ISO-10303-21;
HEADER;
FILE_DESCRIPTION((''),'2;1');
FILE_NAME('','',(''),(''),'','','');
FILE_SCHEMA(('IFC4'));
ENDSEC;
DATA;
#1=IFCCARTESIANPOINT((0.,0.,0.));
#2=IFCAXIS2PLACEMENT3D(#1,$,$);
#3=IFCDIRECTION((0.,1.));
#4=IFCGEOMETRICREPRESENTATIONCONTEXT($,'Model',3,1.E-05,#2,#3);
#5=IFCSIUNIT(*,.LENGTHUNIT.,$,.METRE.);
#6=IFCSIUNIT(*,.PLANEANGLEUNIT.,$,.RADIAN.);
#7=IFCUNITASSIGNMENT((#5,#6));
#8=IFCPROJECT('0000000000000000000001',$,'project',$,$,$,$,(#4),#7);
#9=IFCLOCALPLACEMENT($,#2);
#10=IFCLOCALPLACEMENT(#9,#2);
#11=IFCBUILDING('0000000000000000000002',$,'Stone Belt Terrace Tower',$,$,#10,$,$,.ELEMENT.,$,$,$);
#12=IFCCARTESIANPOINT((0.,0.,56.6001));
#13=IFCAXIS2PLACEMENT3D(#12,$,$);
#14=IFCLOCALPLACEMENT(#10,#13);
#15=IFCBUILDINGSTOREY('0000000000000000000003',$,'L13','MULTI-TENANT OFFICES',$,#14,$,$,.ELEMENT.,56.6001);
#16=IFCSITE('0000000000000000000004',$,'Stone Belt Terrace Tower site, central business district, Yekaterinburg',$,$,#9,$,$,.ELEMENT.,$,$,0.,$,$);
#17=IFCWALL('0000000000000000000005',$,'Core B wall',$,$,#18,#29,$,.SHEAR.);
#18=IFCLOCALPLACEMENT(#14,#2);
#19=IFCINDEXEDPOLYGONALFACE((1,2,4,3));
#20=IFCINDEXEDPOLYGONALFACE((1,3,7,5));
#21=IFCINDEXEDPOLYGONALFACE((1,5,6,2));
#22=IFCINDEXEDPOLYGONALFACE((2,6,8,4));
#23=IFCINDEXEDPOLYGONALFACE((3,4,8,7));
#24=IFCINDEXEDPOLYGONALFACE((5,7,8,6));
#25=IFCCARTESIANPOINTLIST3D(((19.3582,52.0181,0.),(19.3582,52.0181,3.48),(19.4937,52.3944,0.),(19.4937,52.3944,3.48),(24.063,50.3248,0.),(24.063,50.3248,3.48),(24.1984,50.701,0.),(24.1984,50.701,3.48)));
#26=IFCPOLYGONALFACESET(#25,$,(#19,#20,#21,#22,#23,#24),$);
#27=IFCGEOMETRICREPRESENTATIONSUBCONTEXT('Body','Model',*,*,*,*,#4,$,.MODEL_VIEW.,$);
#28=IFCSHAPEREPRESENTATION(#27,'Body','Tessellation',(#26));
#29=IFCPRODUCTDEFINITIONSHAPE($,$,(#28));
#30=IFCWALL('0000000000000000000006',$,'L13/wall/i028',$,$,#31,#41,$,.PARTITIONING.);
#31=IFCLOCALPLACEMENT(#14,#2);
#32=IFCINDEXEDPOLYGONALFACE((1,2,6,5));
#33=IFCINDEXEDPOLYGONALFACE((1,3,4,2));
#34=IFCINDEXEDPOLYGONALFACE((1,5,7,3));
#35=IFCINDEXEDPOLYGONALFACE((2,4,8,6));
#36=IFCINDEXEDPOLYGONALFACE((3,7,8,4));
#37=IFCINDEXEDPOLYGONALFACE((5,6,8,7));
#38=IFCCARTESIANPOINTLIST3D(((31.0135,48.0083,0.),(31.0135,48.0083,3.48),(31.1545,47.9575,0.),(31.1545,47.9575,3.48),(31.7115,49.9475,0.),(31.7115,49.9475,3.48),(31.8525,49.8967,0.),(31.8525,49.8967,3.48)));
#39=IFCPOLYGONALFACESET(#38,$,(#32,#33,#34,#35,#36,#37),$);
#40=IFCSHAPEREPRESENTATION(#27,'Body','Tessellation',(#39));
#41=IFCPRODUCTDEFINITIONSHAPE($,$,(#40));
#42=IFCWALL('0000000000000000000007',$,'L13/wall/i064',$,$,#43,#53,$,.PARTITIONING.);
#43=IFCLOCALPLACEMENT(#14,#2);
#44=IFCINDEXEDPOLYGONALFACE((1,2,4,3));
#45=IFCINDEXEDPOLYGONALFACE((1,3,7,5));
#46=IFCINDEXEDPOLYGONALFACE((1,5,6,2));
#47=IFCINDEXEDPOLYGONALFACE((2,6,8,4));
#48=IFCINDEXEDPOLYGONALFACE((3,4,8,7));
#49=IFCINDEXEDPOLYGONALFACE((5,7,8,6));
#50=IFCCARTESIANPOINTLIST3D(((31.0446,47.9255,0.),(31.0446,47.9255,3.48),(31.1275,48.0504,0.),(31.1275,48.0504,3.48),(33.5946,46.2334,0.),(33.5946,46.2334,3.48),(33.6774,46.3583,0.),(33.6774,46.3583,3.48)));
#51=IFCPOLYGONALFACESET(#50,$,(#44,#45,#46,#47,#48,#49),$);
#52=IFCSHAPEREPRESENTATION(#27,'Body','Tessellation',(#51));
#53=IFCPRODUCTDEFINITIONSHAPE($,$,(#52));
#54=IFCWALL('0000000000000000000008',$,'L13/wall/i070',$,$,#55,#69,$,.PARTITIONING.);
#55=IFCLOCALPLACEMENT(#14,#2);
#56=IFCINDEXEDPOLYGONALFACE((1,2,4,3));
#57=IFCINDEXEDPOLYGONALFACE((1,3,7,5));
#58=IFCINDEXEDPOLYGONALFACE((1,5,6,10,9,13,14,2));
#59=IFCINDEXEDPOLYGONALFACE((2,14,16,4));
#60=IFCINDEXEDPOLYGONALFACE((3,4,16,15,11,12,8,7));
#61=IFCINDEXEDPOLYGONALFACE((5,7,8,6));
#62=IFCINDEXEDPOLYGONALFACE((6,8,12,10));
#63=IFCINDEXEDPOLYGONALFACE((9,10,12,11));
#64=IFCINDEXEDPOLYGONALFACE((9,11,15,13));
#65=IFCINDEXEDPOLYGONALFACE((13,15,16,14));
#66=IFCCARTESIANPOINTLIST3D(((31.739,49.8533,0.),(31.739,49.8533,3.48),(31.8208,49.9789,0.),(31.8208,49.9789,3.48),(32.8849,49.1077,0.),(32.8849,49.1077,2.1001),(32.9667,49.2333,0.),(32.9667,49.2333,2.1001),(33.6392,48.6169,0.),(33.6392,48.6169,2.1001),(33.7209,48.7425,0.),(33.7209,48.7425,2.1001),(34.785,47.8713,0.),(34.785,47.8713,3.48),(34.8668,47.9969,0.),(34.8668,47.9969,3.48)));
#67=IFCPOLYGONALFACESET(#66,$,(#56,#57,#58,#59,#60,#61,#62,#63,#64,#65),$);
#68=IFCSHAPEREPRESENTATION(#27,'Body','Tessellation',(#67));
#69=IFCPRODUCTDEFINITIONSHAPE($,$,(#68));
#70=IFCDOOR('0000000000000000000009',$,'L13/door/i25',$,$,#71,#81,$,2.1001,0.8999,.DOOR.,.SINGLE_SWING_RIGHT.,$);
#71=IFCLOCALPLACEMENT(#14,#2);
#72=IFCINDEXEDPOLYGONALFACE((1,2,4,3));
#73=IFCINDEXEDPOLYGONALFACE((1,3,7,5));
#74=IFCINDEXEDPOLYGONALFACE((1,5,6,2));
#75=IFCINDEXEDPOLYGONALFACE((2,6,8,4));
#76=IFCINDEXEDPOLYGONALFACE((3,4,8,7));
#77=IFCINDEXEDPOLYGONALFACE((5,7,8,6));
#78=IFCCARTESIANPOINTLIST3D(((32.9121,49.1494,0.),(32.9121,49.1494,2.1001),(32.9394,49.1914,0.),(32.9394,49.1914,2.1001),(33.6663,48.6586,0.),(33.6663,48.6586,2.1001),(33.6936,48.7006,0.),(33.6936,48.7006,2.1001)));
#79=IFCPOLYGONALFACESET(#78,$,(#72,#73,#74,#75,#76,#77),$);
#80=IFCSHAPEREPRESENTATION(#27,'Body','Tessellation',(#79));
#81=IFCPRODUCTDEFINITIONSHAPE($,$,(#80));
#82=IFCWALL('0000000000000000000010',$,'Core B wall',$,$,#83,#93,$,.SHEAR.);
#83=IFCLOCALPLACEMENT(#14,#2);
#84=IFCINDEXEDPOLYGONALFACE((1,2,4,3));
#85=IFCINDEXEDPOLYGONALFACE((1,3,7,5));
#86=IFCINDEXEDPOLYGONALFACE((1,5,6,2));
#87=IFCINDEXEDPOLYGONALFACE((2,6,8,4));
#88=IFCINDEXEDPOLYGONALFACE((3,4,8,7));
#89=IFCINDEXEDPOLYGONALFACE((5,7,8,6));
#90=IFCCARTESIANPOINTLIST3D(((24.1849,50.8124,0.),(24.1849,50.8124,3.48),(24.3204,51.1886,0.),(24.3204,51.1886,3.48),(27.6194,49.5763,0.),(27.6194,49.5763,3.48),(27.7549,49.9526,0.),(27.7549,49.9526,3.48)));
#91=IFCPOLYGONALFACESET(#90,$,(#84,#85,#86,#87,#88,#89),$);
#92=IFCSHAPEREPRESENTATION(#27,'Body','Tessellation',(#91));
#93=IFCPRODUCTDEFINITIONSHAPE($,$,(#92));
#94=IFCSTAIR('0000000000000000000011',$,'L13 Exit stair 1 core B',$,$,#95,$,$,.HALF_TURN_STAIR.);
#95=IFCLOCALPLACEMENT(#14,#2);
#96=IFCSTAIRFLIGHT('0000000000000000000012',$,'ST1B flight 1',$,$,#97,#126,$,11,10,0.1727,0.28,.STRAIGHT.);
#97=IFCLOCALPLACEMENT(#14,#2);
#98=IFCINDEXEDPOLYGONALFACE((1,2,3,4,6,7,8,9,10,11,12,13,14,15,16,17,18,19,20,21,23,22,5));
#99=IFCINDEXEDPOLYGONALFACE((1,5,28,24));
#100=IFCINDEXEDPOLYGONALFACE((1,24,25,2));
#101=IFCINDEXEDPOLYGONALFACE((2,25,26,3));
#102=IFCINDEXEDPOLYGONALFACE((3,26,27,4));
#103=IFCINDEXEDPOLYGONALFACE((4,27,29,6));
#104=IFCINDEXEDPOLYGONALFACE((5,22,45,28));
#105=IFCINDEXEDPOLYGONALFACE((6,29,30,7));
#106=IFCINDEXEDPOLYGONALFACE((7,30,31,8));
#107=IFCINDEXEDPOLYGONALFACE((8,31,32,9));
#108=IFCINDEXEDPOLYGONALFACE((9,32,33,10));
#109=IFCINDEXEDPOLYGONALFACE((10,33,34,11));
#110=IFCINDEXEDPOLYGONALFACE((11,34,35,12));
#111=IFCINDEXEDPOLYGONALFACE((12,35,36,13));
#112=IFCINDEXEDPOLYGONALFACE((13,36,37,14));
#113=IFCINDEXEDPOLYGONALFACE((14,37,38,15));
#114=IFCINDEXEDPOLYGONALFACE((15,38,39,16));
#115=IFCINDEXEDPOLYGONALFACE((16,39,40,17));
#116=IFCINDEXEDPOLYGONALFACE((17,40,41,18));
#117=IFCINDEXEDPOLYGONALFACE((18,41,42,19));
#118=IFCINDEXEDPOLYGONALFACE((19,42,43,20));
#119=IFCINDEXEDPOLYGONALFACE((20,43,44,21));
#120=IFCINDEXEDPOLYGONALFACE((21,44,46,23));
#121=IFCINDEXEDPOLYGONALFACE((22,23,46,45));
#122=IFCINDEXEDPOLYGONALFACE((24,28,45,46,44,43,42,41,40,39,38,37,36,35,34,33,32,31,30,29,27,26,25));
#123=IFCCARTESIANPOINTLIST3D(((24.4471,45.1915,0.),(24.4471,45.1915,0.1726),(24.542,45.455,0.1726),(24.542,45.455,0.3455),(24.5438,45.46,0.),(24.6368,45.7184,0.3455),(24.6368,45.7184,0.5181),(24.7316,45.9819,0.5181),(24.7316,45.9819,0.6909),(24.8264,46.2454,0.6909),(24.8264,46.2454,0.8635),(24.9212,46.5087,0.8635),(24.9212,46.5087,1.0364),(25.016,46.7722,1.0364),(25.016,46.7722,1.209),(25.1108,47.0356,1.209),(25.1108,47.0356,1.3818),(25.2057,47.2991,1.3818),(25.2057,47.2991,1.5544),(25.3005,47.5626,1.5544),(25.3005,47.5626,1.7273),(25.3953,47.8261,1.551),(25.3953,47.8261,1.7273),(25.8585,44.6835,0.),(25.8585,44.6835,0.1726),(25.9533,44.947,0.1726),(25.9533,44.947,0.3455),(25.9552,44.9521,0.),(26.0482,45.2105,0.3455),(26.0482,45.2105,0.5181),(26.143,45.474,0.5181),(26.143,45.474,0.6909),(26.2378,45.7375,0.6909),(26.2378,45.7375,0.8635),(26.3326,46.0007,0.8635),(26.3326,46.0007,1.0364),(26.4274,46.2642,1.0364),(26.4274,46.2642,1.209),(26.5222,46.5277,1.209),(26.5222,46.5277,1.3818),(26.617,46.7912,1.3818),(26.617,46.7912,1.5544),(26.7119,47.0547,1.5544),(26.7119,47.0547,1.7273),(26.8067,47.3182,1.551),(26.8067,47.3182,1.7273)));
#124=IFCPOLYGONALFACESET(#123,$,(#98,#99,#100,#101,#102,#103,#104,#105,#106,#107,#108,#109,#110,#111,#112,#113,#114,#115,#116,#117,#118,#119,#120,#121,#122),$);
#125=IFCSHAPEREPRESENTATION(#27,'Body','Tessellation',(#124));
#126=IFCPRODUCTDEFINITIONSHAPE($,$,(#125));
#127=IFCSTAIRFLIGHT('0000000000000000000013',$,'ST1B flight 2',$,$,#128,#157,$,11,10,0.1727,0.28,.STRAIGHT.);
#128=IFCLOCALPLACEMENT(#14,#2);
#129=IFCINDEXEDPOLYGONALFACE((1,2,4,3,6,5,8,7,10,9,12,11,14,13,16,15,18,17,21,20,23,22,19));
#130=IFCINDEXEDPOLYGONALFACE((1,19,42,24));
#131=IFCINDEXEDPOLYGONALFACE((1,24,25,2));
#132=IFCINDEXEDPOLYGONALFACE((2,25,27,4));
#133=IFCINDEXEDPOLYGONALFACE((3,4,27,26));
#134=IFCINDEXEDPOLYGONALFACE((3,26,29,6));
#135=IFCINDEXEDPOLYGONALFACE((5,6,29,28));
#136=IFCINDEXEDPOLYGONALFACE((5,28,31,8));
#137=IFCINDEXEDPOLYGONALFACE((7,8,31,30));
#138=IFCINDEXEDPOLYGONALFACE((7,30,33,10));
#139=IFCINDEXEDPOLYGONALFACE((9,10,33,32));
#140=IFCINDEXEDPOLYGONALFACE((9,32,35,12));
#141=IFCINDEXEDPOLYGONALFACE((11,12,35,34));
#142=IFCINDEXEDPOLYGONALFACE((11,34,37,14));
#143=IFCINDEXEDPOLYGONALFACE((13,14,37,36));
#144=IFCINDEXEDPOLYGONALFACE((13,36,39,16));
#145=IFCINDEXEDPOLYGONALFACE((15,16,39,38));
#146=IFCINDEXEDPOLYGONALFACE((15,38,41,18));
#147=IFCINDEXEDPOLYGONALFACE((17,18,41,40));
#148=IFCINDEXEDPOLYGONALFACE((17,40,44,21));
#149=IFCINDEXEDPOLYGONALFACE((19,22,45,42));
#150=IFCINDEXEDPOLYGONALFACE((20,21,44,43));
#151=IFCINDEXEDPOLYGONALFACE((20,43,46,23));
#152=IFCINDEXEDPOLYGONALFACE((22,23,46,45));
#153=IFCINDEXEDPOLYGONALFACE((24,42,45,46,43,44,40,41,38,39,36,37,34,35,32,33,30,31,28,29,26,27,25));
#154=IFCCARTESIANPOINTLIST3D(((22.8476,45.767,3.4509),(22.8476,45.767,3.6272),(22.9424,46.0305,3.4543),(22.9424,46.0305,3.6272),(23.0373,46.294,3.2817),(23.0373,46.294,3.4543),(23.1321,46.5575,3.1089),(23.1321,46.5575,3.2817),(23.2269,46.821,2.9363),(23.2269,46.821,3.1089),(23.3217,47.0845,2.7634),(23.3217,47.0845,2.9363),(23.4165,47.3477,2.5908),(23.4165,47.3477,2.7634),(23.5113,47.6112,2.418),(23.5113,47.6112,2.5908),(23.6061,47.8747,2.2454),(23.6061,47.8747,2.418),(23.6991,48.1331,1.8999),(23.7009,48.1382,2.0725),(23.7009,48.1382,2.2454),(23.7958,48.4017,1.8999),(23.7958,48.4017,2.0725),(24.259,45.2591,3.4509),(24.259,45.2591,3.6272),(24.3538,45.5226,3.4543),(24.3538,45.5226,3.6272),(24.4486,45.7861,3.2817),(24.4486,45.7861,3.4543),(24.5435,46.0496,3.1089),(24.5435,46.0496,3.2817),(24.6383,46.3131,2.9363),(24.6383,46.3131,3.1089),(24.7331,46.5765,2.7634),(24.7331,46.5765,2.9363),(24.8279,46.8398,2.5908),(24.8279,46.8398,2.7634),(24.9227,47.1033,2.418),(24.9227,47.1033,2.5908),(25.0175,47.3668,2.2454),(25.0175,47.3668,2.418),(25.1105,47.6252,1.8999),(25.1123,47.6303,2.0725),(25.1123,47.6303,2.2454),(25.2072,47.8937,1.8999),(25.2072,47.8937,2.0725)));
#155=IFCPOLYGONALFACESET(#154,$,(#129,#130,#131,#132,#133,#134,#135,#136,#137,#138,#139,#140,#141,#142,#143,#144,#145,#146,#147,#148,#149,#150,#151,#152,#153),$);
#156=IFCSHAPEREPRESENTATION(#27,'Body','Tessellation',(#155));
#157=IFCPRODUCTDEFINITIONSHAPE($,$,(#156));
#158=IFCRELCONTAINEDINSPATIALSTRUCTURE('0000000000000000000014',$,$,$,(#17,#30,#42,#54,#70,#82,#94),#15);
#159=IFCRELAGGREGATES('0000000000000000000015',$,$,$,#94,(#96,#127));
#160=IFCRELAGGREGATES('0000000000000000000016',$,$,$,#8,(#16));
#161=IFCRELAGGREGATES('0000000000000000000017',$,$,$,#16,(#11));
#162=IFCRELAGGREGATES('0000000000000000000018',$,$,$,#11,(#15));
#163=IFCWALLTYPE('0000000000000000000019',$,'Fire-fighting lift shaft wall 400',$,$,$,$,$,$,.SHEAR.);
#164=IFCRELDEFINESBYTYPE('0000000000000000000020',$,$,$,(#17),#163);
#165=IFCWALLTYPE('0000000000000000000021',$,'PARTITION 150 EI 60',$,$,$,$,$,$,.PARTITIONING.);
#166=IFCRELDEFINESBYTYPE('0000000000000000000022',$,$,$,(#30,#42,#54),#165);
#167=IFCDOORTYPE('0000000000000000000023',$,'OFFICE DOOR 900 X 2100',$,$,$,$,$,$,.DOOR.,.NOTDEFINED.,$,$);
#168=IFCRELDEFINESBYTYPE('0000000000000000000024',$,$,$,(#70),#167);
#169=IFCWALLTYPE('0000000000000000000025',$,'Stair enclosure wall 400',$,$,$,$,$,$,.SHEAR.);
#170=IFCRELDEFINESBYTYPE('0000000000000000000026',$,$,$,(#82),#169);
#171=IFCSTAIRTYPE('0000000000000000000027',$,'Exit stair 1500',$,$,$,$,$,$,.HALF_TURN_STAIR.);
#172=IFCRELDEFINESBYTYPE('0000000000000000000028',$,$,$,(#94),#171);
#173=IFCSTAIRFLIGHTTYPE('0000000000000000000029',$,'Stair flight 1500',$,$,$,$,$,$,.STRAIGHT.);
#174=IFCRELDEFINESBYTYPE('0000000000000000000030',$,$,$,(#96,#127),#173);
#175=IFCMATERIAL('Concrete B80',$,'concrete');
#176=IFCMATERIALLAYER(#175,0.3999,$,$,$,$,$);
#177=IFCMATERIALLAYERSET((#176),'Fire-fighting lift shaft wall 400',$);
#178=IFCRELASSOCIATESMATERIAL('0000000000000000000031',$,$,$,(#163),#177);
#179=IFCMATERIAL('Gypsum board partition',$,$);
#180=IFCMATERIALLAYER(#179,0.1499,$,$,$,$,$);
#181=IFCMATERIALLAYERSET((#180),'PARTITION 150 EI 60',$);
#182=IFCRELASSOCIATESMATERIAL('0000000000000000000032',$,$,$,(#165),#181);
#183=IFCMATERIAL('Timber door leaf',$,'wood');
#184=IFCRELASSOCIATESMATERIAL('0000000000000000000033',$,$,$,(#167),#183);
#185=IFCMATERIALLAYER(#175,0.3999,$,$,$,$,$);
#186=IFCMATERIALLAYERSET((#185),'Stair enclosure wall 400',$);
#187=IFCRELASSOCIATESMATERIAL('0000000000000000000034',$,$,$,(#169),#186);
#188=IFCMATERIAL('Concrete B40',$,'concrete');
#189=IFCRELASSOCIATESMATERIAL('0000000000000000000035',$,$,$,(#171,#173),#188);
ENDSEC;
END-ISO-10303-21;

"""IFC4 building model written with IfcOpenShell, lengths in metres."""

from ifc_helpers import new_model, si_unit, direction, frame, frame_2d, origin, place, context, subcontext, project, spatial, polyline, rectangle, outline, extrude, material, layer, layer_set, type_object, element, fill, aggregate, save


model = new_model("IFC4")

# Units and contexts
model_context = context("Model", 3, precision=1e-05, world=origin(), true_north=direction((0.0, 1.0)))
body_context = subcontext(model_context, "Body", "Model", "MODEL_VIEW")
ifc_project = project(units=[si_unit("LENGTHUNIT", "METRE"), si_unit("PLANEANGLEUNIT", "RADIAN")], contexts=[model_context])

# Site, building, storey
site_placement = place(None, origin())
site = spatial("IfcSite", under=ifc_project, at=site_placement, Name="Stone Belt Terrace Tower site, central business district, Yekaterinburg", CompositionType="ELEMENT", RefElevation=0.0)
building_placement = place(site_placement, origin())
building = spatial("IfcBuilding", under=site, at=building_placement, Name="Stone Belt Terrace Tower", CompositionType="ELEMENT")
storey_placement = place(building_placement, frame((0.0, 0.0, 56.6001)))
storey = spatial("IfcBuildingStorey", under=building, at=storey_placement, Name="L13", Description="MULTI-TENANT OFFICES", CompositionType="ELEMENT", Elevation=56.6001)

# Walls
ifc_material_1 = material(Name="Concrete B80", Category="concrete")
ifc_layer_1 = layer(ifc_material_1, 0.3999)
ifc_layer_set_1 = layer_set([ifc_layer_1], Name="Fire-fighting lift shaft wall 400")
wall_type_1 = type_object("IfcWallType", Name="Fire-fighting lift shaft wall 400", PredefinedType="SHEAR", material=ifc_layer_set_1)
wall_1_placement = place(storey_placement, frame((24.1306, 50.5129, 0.0), z_axis=(0.0, 0.0, 1.0), x_axis=(-0.940912, 0.338652, 0.0)))
element("IfcWall", 1, at=wall_1_placement, inside=storey, type_object=wall_type_1, Name="Core B wall", PredefinedType="SHEAR", context=body_context, shape_type="SweptSolid", body=[
    extrude(rectangle(XDim=5.0002, YDim=0.3999, at=frame_2d((2.5, 0.0))), origin(), (0.0, 0.0, 1.0), 3.48),
])
ifc_material_2 = material(Name="Gypsum board partition")
ifc_layer_2 = layer(ifc_material_2, 0.1499)
ifc_layer_set_2 = layer_set([ifc_layer_2], Name="PARTITION 150 EI 60")
wall_type_2 = type_object("IfcWallType", Name="PARTITION 150 EI 60", PredefinedType="PARTITIONING", material=ifc_layer_set_2)
wall_2_placement = place(storey_placement, frame((31.782, 49.9221, 0.0), z_axis=(0.0, 0.0, 1.0), x_axis=(-0.338669, -0.940906, 0.0)))
element("IfcWall", 2, at=wall_2_placement, inside=storey, type_object=wall_type_2, Name="L13/wall/i028", PredefinedType="PARTITIONING", context=body_context, shape_type="SweptSolid", body=[
    extrude(rectangle(XDim=2.061, YDim=0.1499, at=frame_2d((1.0305, 0.0))), origin(), (0.0, 0.0, 1.0), 3.48),
])
wall_3_placement = place(storey_placement, frame((31.0859, 47.988, 0.0), z_axis=(0.0, 0.0, 1.0), x_axis=(0.833239, -0.552913, 0.0)))
element("IfcWall", 3, at=wall_3_placement, inside=storey, type_object=wall_type_2, Name="L13/wall/i064", PredefinedType="PARTITIONING", context=body_context, shape_type="SweptSolid", body=[
    extrude(rectangle(XDim=3.0603, YDim=0.1499, at=frame_2d((1.5303, 0.0))), origin(), (0.0, 0.0, 1.0), 3.48),
])

# Wall, opening, door
wall_4_placement = place(storey_placement, frame((31.78, 49.916, 0.0), z_axis=(0.0, 0.0, 1.0), x_axis=(0.83818, -0.545394, 0.0)))
wall_4 = element("IfcWall", 4, at=wall_4_placement, inside=storey, type_object=wall_type_2, Name="L13/wall/i070", PredefinedType="PARTITIONING", context=body_context, shape_type="SweptSolid", body=[
    extrude(rectangle(XDim=3.634, YDim=0.1499, at=frame_2d((1.8169, 0.0))), origin(), (0.0, 0.0, 1.0), 3.48),
])
opening_placement = place(wall_4_placement, frame((1.3669, 0.0, 0.0)))
opening = element("IfcOpeningElement", 5, at=opening_placement, cuts=wall_4, PredefinedType="OPENING", context=body_context, shape_type="SweptSolid", body=[
    extrude(rectangle(XDim=0.8999, YDim=2.1001, at=frame_2d((0.45, 1.05))), frame((0.0, 0.085, 0.0), z_axis=(0.0, -1.0, 0.0), x_axis=(1.0, 0.0, 0.0)), (0.0, 0.0, 1.0), 0.1699),
])
ifc_material_3 = material(Name="Timber door leaf", Category="wood")
door_type = type_object("IfcDoorType", Name="OFFICE DOOR 900 X 2100", OperationType="NOTDEFINED", PredefinedType="DOOR", material=ifc_material_3)
door_placement = place(opening_placement, origin())
door = element("IfcDoor", 6, at=door_placement, inside=storey, type_object=door_type, Name="L13/door/i25", OperationType="SINGLE_SWING_RIGHT", OverallHeight=2.1001, OverallWidth=0.8999, PredefinedType="DOOR", context=body_context, shape_type="SweptSolid", body=[
    extrude(rectangle(XDim=0.8999, YDim=2.1001, at=frame_2d((0.45, 1.05))), frame((0.0, 0.0249, 0.0), z_axis=(0.0, -1.0, 0.0), x_axis=(1.0, 0.0, 0.0)), (0.0, 0.0, 1.0), 0.05),
])
fill(opening, door)

# Wall
ifc_layer_3 = layer(ifc_material_1, 0.3999)
ifc_layer_set_3 = layer_set([ifc_layer_3], Name="Stair enclosure wall 400")
wall_type_3 = type_object("IfcWallType", Name="Stair enclosure wall 400", PredefinedType="SHEAR", material=ifc_layer_set_3)
wall_5_placement = place(storey_placement, frame((27.6873, 49.7644, 0.0), z_axis=(0.0, 0.0, 1.0), x_axis=(-0.940919, 0.338632, 0.0)))
element("IfcWall", 7, at=wall_5_placement, inside=storey, type_object=wall_type_3, Name="Core B wall", PredefinedType="SHEAR", context=body_context, shape_type="SweptSolid", body=[
    extrude(rectangle(XDim=3.6501, YDim=0.3999, at=frame_2d((1.8252, 0.0))), origin(), (0.0, 0.0, 1.0), 3.48),
])

# Stair, stair flights
ifc_material_4 = material(Name="Concrete B40", Category="concrete")
stair_type = type_object("IfcStairType", Name="Exit stair 1500", PredefinedType="HALF_TURN_STAIR", material=ifc_material_4)
stair_placement = place(storey_placement, origin())
stair = element("IfcStair", 8, at=stair_placement, inside=storey, type_object=stair_type, Name="L13 Exit stair 1 core B", PredefinedType="HALF_TURN_STAIR")
stair_flight_type = type_object("IfcStairFlightType", Name="Stair flight 1500", PredefinedType="STRAIGHT", material=ifc_material_4)
stair_flight_1_placement = place(storey_placement, frame((25.1528, 44.9375, 0.0), z_axis=(0.0, 0.0, 1.0), x_axis=(0.338624, 0.940922, 0.0)))
stair_flight_1 = element("IfcStairFlight", 9, at=stair_flight_1_placement, type_object=stair_flight_type, Name="ST1B flight 1", NumberOfRisers=11, NumberOfTreads=10, PredefinedType="STRAIGHT", RiserHeight=0.1727, TreadLength=0.28, context=body_context, shape_type="SweptSolid", body=[
    extrude(outline(polyline([(0.0, 0.0), (0.0, 0.1726), (0.28, 0.1726), (0.28, 0.3455), (0.5601, 0.3455), (0.5601, 0.5181), (0.8401, 0.5181), (0.8401, 0.6909), (1.1201, 0.6909), (1.1201, 0.8635), (1.3999, 0.8635), (1.3999, 1.0364), (1.6799, 1.0364), (1.6799, 1.209), (1.96, 1.209), (1.96, 1.3818), (2.24, 1.3818), (2.24, 1.5544), (2.52, 1.5544), (2.52, 1.7273), (2.8, 1.7273), (2.8, 1.8999), (2.8, 1.551), (0.2854, 0.0), (0.0, 0.0)])), frame((0.0, 0.75, 0.0), z_axis=(0.0, -1.0, 0.0), x_axis=(1.0, 0.0, 0.0)), (0.0, 0.0, 1.0), 1.5),
])
stair_flight_2_placement = place(storey_placement, frame((24.5015, 48.1477, 1.8999), z_axis=(0.0, 0.0, 1.0), x_axis=(-0.338624, -0.940922, 0.0)))
stair_flight_2 = element("IfcStairFlight", 10, at=stair_flight_2_placement, type_object=stair_flight_type, Name="ST1B flight 2", NumberOfRisers=11, NumberOfTreads=10, PredefinedType="STRAIGHT", RiserHeight=0.1727, TreadLength=0.28, context=body_context, shape_type="SweptSolid", body=[
    extrude(outline(polyline([(0.0, 0.0), (0.0, 0.1726), (0.28, 0.1726), (0.28, 0.3455), (0.5601, 0.3455), (0.5601, 0.5181), (0.8401, 0.5181), (0.8401, 0.6909), (1.1201, 0.6909), (1.1201, 0.8635), (1.3999, 0.8635), (1.3999, 1.0364), (1.6799, 1.0364), (1.6799, 1.209), (1.96, 1.209), (1.96, 1.3818), (2.24, 1.3818), (2.24, 1.5544), (2.52, 1.5544), (2.52, 1.7273), (2.8, 1.7273), (2.8, 1.8999), (2.8, 1.551), (0.2854, 0.0), (0.0, 0.0)])), frame((0.0, 0.75, 0.0), z_axis=(0.0, -1.0, 0.0), x_axis=(1.0, 0.0, 0.0)), (0.0, 0.0, 1.0), 1.5),
])
aggregate(stair, [stair_flight_1, stair_flight_2])

save(model, "model.ifc")
